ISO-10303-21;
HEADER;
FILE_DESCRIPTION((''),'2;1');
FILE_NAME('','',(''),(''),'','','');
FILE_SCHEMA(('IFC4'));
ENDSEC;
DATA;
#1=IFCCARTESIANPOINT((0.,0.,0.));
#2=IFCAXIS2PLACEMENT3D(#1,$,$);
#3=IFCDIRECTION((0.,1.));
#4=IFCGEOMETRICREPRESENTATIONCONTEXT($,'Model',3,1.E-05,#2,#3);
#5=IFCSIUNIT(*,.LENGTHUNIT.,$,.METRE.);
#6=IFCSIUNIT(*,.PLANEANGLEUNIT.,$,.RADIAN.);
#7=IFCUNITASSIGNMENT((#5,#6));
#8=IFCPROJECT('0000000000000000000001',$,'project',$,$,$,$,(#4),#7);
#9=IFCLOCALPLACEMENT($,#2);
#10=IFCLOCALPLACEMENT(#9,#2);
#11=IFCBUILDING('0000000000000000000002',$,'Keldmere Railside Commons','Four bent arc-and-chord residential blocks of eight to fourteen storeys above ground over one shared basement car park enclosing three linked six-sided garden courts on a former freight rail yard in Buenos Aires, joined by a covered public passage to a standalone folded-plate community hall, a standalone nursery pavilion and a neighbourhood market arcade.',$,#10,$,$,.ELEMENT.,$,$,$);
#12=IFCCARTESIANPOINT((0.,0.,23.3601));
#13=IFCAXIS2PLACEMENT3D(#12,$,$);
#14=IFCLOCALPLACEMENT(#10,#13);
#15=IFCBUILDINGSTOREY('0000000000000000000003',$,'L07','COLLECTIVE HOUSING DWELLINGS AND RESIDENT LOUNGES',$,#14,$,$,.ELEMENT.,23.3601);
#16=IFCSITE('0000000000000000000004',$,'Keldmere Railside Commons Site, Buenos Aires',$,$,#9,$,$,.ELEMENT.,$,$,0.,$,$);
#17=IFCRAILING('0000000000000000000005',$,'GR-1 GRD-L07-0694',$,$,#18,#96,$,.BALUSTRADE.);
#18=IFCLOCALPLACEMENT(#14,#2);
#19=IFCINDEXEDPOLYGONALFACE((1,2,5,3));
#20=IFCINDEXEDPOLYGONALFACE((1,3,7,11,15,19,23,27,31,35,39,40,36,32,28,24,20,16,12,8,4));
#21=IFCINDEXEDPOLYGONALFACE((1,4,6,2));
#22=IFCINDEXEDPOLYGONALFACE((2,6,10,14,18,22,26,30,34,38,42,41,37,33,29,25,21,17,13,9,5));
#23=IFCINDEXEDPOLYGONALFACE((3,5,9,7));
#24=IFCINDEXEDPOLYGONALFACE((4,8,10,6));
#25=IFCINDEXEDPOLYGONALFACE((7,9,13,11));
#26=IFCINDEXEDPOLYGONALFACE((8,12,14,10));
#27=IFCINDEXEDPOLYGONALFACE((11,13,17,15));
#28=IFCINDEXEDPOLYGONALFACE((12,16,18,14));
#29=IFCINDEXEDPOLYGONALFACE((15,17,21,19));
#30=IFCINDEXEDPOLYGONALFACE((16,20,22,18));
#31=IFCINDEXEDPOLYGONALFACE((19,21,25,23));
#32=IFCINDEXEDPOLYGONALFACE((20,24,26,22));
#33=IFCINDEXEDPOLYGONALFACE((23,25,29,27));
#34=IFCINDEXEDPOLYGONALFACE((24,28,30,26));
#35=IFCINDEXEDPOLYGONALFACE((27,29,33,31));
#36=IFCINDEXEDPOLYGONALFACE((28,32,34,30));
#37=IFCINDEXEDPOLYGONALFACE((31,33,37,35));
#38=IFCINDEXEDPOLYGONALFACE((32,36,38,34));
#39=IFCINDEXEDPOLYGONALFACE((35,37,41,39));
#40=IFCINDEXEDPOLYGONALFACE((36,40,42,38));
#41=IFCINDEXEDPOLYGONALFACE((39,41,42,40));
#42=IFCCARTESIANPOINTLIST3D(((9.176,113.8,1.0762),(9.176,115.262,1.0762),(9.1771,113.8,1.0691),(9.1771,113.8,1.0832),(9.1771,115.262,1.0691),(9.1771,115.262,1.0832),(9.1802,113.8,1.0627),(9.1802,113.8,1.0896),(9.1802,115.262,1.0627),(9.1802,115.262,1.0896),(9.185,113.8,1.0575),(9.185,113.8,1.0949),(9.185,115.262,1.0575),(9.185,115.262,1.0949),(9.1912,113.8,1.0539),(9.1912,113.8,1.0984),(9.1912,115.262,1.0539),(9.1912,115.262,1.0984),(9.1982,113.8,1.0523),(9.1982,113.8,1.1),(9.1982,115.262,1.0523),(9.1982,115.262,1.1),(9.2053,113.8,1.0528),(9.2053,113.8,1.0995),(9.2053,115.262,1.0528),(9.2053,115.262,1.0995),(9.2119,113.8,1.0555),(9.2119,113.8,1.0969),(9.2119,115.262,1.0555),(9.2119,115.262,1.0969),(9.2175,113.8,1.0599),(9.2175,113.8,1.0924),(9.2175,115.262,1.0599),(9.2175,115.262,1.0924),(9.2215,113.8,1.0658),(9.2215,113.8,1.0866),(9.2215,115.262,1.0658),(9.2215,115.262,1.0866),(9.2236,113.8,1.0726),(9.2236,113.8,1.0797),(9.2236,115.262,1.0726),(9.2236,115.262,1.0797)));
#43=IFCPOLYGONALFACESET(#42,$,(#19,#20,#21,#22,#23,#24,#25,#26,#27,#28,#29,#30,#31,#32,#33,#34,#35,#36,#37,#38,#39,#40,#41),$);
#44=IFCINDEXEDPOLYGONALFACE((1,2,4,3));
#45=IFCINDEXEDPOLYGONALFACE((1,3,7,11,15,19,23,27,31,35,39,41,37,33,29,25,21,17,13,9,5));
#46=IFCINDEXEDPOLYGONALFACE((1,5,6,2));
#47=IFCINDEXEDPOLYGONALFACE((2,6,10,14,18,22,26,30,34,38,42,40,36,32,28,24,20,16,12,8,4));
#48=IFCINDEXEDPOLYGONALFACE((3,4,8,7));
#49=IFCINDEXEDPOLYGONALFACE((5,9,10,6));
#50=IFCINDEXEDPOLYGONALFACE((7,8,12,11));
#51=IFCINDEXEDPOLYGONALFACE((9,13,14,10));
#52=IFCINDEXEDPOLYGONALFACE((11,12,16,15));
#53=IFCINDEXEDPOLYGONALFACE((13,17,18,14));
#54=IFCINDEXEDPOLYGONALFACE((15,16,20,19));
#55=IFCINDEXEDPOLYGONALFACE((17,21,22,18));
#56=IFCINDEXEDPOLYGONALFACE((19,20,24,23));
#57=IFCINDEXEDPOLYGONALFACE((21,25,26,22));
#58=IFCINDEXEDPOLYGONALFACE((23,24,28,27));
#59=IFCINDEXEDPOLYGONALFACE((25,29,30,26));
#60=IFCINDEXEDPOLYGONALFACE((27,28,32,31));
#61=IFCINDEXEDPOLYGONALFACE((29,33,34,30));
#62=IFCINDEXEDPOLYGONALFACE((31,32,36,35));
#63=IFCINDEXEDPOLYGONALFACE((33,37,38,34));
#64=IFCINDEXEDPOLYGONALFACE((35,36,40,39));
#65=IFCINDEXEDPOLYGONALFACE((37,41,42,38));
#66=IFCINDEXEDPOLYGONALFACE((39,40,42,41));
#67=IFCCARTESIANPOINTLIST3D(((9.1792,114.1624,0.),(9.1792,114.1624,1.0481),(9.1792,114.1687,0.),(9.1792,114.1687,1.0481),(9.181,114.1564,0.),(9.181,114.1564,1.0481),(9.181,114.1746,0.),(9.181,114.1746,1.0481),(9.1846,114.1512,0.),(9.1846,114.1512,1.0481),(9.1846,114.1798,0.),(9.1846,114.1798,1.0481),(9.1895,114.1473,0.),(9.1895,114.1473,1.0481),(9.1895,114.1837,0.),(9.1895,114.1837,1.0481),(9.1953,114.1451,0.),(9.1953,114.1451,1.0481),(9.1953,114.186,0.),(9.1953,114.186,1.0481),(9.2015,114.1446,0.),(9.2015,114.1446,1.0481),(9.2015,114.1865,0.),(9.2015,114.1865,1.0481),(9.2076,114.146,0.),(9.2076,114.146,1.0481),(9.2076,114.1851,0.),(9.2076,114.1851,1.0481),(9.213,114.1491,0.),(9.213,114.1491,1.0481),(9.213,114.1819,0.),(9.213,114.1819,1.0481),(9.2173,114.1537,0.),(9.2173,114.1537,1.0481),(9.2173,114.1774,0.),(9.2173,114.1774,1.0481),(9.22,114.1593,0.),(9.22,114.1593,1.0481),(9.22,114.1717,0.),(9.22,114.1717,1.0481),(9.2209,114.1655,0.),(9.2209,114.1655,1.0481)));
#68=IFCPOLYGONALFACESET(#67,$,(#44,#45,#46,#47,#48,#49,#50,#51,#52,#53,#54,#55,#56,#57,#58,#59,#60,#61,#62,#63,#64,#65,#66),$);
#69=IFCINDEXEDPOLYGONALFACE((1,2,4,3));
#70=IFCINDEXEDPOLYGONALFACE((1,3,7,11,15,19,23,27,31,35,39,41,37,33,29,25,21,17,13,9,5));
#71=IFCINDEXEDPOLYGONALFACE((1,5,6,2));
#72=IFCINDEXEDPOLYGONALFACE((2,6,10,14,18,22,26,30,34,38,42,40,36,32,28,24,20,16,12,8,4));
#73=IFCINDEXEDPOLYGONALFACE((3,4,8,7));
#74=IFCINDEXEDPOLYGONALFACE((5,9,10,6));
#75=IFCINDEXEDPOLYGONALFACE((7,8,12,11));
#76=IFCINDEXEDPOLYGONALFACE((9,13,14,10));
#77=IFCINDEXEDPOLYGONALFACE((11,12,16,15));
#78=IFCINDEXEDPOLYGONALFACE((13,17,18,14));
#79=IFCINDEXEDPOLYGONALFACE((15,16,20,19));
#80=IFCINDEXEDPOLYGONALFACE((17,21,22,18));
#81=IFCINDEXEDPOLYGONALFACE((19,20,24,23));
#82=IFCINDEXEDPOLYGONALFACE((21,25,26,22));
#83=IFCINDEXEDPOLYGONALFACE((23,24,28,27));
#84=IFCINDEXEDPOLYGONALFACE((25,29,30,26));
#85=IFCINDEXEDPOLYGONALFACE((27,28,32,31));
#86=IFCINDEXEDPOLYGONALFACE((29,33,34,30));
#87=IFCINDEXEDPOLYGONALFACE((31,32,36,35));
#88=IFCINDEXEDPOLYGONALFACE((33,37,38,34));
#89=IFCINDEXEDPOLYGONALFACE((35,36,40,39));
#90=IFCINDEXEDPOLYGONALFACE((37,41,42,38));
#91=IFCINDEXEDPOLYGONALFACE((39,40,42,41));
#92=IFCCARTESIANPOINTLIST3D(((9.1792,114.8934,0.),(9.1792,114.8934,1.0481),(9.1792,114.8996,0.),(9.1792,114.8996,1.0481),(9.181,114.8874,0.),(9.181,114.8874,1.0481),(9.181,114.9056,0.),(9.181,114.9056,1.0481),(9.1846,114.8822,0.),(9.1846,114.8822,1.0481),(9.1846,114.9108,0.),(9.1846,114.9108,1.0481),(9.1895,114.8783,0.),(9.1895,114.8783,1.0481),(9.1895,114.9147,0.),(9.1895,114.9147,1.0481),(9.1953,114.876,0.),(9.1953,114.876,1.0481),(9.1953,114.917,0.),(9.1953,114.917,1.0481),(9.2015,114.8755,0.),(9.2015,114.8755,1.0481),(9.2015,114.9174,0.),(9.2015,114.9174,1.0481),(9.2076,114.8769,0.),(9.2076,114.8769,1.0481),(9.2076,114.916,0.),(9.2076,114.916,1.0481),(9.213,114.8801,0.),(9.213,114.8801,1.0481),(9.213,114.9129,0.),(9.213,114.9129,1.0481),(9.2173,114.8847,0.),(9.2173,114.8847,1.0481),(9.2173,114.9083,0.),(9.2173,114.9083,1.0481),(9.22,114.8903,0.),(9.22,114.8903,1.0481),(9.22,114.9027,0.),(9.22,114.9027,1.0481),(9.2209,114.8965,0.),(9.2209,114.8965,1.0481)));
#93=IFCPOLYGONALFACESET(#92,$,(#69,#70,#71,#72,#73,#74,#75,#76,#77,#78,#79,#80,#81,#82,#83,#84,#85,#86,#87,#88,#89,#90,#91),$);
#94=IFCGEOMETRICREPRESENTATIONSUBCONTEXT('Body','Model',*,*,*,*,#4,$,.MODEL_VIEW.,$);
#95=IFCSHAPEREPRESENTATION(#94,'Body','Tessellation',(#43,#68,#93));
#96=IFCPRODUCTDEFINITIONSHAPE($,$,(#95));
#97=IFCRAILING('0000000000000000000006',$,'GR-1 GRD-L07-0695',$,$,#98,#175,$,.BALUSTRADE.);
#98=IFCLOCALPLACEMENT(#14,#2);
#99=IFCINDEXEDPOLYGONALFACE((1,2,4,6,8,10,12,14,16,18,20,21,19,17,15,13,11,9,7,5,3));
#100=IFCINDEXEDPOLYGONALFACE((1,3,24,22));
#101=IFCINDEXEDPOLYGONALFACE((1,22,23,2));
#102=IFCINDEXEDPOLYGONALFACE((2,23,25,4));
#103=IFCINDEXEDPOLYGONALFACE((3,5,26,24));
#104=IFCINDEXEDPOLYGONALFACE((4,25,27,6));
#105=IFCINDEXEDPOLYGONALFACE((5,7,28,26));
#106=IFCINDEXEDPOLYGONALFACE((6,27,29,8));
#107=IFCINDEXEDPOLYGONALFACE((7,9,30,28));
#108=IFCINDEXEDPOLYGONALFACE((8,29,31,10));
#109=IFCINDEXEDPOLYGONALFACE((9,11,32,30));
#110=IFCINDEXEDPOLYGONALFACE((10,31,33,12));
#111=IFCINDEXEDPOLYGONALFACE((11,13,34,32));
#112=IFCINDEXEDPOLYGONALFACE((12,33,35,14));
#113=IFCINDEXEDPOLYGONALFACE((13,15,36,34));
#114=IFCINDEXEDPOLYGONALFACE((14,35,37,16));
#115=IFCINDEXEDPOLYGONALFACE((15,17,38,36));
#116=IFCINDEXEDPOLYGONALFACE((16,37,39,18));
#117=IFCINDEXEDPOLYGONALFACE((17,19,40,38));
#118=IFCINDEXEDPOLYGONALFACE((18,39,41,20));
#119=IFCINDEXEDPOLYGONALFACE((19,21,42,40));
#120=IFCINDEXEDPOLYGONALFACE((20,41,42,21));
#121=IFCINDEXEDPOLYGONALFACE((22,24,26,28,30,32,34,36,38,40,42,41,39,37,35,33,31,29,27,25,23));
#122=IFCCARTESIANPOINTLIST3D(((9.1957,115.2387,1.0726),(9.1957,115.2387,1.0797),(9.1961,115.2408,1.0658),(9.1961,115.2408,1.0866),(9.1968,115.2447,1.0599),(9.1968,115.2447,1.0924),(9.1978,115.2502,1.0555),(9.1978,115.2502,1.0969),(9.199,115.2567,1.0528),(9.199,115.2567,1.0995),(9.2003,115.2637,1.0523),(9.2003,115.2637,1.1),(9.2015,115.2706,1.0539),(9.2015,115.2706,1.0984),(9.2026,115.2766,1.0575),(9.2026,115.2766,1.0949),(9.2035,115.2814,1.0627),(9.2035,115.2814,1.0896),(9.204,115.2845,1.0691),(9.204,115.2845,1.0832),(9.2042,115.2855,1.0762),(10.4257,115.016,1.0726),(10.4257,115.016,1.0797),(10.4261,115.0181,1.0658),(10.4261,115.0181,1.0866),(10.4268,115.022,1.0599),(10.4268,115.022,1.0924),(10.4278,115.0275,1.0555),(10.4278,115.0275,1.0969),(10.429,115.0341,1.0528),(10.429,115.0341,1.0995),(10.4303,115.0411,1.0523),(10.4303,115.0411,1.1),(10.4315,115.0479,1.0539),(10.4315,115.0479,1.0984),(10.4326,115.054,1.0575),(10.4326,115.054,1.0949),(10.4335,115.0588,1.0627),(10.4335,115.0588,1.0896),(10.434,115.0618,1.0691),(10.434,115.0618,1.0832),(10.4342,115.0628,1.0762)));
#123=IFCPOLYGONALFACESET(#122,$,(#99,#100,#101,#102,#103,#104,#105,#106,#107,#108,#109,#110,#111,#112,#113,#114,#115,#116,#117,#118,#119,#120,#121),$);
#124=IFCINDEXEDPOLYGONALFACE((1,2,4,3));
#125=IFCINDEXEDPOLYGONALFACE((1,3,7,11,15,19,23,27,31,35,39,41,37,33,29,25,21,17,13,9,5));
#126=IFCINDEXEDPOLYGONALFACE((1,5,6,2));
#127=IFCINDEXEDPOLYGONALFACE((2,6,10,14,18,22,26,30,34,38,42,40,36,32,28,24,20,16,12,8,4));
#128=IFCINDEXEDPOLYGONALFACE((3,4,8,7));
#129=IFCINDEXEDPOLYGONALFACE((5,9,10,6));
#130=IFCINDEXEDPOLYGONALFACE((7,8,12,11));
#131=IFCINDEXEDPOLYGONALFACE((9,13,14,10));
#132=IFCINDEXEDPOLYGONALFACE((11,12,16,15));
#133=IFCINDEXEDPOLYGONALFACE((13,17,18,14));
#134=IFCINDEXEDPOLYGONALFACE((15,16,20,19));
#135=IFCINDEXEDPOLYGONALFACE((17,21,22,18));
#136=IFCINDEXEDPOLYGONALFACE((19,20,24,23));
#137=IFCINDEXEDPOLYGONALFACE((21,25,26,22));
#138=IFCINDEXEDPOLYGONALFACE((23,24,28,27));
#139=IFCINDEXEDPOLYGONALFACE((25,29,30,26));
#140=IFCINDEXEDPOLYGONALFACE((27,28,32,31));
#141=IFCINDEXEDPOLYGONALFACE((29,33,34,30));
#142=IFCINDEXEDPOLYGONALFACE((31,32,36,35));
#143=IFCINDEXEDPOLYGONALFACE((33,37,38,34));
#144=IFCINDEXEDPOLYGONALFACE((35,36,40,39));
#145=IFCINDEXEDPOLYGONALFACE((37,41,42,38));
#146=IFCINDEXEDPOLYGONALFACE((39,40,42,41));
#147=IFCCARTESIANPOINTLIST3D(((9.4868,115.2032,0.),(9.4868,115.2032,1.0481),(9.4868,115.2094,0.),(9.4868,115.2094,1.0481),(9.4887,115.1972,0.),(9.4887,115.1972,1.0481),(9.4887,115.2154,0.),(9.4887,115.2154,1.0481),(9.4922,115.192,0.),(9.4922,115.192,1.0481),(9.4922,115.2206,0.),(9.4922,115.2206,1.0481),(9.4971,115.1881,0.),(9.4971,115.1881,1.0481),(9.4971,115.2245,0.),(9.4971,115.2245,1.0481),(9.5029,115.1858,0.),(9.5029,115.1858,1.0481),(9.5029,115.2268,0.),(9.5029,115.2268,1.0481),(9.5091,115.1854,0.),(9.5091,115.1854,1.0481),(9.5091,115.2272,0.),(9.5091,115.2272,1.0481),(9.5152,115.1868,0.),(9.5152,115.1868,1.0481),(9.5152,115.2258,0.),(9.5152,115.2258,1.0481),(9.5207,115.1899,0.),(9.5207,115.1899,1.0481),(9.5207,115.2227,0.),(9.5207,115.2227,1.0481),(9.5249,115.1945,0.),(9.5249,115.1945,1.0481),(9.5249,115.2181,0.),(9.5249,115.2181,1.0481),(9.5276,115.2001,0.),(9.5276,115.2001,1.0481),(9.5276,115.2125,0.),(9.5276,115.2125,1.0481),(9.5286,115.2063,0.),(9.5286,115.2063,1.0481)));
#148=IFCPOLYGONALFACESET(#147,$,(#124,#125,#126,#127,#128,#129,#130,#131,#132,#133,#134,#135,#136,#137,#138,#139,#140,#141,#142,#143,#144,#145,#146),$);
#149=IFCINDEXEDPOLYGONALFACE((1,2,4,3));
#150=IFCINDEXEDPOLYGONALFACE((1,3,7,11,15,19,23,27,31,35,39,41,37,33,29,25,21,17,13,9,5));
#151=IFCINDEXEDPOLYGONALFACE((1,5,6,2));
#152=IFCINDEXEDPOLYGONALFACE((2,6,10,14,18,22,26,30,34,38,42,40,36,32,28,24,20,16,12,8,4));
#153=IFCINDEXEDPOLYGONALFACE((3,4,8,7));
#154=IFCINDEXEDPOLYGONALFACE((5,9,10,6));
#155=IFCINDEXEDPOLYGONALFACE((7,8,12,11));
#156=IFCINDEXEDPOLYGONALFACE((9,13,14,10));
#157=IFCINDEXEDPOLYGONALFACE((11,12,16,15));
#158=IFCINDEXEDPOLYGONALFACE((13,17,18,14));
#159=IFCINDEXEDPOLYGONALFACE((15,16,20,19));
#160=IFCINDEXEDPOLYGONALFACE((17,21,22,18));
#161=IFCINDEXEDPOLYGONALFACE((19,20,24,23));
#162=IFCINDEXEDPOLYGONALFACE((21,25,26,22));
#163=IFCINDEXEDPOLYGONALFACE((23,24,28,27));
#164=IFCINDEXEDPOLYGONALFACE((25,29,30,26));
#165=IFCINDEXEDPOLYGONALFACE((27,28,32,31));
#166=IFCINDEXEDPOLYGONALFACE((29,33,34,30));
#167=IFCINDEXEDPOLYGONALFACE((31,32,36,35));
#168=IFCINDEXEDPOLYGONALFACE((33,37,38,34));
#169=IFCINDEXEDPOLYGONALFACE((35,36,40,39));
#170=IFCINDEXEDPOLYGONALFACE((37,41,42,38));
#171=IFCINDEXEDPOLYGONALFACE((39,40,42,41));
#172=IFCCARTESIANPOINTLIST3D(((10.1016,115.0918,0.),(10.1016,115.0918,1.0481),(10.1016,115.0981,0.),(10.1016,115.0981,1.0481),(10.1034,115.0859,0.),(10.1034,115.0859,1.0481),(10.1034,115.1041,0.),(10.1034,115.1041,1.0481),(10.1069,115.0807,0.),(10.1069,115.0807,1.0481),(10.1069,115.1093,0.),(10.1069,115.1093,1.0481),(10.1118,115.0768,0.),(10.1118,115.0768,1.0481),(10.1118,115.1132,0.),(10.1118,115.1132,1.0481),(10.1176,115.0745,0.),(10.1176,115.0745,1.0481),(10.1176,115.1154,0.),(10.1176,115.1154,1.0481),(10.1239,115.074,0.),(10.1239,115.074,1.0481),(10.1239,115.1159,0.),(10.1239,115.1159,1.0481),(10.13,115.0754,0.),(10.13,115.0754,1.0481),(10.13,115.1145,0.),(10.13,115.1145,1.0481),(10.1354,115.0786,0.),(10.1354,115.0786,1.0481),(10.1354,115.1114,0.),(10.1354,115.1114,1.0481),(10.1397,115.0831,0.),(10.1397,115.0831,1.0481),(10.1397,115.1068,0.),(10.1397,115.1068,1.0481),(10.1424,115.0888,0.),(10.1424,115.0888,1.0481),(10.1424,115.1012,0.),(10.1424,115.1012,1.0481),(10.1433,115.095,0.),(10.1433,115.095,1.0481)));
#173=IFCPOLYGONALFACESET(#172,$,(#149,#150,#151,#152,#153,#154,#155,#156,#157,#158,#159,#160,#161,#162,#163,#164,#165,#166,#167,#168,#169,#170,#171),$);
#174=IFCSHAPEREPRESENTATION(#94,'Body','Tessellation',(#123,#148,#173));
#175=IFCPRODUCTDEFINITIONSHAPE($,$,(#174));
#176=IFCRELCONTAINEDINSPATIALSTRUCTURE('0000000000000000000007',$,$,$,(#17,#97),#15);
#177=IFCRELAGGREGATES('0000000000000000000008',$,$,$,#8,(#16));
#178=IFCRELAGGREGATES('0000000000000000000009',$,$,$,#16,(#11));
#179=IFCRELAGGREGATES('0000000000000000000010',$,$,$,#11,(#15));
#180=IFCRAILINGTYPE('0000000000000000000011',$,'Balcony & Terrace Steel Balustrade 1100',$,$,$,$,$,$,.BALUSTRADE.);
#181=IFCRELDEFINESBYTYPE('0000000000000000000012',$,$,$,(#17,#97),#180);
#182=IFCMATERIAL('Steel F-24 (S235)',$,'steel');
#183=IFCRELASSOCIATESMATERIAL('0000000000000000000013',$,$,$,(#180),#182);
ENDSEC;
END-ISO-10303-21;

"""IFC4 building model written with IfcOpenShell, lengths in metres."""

from ifc_helpers import new_model, si_unit, direction, frame, origin, origin_2d, place, context, subcontext, project, spatial, circle, extrude, material, type_object, element, save


model = new_model("IFC4")

# Units and contexts
model_context = context("Model", 3, precision=1e-05, world=origin(), true_north=direction((0.0, 1.0)))
body_context = subcontext(model_context, "Body", "Model", "MODEL_VIEW")
ifc_project = project(units=[si_unit("LENGTHUNIT", "METRE"), si_unit("PLANEANGLEUNIT", "RADIAN")], contexts=[model_context])

# Site, building, storey
site_placement = place(None, origin())
site = spatial("IfcSite", under=ifc_project, at=site_placement, Name="Keldmere Railside Commons Site, Buenos Aires", CompositionType="ELEMENT", RefElevation=0.0)
building_placement = place(site_placement, origin())
building = spatial("IfcBuilding", under=site, at=building_placement, Name="Keldmere Railside Commons", Description="Four bent arc-and-chord residential blocks of eight to fourteen storeys above ground over one shared basement car park enclosing three linked six-sided garden courts on a former freight rail yard in Buenos Aires, joined by a covered public passage to a standalone folded-plate community hall, a standalone nursery pavilion and a neighbourhood market arcade.", CompositionType="ELEMENT")
storey_placement = place(building_placement, frame((0.0, 0.0, 23.3601)))
storey = spatial("IfcBuildingStorey", under=building, at=storey_placement, Name="L07", Description="COLLECTIVE HOUSING DWELLINGS AND RESIDENT LOUNGES", CompositionType="ELEMENT", Elevation=23.3601)

# Railings
ifc_material_1 = material(Name="Steel F-24 (S235)", Category="steel")
railing_type = type_object("IfcRailingType", Name="Balcony & Terrace Steel Balustrade 1100", PredefinedType="BALUSTRADE", material=ifc_material_1)
railing_1_placement = place(storey_placement, frame((9.2, 113.8, 0.0)))
element("IfcRailing", 1, at=railing_1_placement, inside=storey, type_object=railing_type, Name="GR-1 GRD-L07-0694", PredefinedType="BALUSTRADE", context=body_context, shape_type="SweptSolid", body=[
    extrude(circle(Radius=0.0239, at=origin_2d()), frame((0.0, 0.0, 1.0762), z_axis=(0.0, 1.0, 0.0), x_axis=(-1.0, 0.0, 0.0)), (0.0, 0.0, 1.0), 1.4619),
    extrude(circle(Radius=0.021, at=origin_2d()), frame((0.0, 0.3655, 0.0)), (0.0, 0.0, 1.0), 1.0481),
    extrude(circle(Radius=0.021, at=origin_2d()), frame((0.0, 1.0964, 0.0)), (0.0, 0.0, 1.0), 1.0481),
])
railing_2_placement = place(storey_placement, frame((9.2, 115.262, 0.0)))
element("IfcRailing", 2, at=railing_2_placement, inside=storey, type_object=railing_type, Name="GR-1 GRD-L07-0695", PredefinedType="BALUSTRADE", context=body_context, shape_type="SweptSolid", body=[
    extrude(circle(Radius=0.0239, at=origin_2d()), frame((0.0, 0.0, 1.0762), z_axis=(0.984007, -0.178129, 0.0), x_axis=(0.178129, 0.984007, 0.0)), (0.0, 0.0, 1.0), 1.25),
    extrude(circle(Radius=0.021, at=origin_2d()), frame((0.3076, -0.0557, 0.0)), (0.0, 0.0, 1.0), 1.0481),
    extrude(circle(Radius=0.021, at=origin_2d()), frame((0.9224, -0.167, 0.0)), (0.0, 0.0, 1.0), 1.0481),
])

save(model, "model.ifc")
